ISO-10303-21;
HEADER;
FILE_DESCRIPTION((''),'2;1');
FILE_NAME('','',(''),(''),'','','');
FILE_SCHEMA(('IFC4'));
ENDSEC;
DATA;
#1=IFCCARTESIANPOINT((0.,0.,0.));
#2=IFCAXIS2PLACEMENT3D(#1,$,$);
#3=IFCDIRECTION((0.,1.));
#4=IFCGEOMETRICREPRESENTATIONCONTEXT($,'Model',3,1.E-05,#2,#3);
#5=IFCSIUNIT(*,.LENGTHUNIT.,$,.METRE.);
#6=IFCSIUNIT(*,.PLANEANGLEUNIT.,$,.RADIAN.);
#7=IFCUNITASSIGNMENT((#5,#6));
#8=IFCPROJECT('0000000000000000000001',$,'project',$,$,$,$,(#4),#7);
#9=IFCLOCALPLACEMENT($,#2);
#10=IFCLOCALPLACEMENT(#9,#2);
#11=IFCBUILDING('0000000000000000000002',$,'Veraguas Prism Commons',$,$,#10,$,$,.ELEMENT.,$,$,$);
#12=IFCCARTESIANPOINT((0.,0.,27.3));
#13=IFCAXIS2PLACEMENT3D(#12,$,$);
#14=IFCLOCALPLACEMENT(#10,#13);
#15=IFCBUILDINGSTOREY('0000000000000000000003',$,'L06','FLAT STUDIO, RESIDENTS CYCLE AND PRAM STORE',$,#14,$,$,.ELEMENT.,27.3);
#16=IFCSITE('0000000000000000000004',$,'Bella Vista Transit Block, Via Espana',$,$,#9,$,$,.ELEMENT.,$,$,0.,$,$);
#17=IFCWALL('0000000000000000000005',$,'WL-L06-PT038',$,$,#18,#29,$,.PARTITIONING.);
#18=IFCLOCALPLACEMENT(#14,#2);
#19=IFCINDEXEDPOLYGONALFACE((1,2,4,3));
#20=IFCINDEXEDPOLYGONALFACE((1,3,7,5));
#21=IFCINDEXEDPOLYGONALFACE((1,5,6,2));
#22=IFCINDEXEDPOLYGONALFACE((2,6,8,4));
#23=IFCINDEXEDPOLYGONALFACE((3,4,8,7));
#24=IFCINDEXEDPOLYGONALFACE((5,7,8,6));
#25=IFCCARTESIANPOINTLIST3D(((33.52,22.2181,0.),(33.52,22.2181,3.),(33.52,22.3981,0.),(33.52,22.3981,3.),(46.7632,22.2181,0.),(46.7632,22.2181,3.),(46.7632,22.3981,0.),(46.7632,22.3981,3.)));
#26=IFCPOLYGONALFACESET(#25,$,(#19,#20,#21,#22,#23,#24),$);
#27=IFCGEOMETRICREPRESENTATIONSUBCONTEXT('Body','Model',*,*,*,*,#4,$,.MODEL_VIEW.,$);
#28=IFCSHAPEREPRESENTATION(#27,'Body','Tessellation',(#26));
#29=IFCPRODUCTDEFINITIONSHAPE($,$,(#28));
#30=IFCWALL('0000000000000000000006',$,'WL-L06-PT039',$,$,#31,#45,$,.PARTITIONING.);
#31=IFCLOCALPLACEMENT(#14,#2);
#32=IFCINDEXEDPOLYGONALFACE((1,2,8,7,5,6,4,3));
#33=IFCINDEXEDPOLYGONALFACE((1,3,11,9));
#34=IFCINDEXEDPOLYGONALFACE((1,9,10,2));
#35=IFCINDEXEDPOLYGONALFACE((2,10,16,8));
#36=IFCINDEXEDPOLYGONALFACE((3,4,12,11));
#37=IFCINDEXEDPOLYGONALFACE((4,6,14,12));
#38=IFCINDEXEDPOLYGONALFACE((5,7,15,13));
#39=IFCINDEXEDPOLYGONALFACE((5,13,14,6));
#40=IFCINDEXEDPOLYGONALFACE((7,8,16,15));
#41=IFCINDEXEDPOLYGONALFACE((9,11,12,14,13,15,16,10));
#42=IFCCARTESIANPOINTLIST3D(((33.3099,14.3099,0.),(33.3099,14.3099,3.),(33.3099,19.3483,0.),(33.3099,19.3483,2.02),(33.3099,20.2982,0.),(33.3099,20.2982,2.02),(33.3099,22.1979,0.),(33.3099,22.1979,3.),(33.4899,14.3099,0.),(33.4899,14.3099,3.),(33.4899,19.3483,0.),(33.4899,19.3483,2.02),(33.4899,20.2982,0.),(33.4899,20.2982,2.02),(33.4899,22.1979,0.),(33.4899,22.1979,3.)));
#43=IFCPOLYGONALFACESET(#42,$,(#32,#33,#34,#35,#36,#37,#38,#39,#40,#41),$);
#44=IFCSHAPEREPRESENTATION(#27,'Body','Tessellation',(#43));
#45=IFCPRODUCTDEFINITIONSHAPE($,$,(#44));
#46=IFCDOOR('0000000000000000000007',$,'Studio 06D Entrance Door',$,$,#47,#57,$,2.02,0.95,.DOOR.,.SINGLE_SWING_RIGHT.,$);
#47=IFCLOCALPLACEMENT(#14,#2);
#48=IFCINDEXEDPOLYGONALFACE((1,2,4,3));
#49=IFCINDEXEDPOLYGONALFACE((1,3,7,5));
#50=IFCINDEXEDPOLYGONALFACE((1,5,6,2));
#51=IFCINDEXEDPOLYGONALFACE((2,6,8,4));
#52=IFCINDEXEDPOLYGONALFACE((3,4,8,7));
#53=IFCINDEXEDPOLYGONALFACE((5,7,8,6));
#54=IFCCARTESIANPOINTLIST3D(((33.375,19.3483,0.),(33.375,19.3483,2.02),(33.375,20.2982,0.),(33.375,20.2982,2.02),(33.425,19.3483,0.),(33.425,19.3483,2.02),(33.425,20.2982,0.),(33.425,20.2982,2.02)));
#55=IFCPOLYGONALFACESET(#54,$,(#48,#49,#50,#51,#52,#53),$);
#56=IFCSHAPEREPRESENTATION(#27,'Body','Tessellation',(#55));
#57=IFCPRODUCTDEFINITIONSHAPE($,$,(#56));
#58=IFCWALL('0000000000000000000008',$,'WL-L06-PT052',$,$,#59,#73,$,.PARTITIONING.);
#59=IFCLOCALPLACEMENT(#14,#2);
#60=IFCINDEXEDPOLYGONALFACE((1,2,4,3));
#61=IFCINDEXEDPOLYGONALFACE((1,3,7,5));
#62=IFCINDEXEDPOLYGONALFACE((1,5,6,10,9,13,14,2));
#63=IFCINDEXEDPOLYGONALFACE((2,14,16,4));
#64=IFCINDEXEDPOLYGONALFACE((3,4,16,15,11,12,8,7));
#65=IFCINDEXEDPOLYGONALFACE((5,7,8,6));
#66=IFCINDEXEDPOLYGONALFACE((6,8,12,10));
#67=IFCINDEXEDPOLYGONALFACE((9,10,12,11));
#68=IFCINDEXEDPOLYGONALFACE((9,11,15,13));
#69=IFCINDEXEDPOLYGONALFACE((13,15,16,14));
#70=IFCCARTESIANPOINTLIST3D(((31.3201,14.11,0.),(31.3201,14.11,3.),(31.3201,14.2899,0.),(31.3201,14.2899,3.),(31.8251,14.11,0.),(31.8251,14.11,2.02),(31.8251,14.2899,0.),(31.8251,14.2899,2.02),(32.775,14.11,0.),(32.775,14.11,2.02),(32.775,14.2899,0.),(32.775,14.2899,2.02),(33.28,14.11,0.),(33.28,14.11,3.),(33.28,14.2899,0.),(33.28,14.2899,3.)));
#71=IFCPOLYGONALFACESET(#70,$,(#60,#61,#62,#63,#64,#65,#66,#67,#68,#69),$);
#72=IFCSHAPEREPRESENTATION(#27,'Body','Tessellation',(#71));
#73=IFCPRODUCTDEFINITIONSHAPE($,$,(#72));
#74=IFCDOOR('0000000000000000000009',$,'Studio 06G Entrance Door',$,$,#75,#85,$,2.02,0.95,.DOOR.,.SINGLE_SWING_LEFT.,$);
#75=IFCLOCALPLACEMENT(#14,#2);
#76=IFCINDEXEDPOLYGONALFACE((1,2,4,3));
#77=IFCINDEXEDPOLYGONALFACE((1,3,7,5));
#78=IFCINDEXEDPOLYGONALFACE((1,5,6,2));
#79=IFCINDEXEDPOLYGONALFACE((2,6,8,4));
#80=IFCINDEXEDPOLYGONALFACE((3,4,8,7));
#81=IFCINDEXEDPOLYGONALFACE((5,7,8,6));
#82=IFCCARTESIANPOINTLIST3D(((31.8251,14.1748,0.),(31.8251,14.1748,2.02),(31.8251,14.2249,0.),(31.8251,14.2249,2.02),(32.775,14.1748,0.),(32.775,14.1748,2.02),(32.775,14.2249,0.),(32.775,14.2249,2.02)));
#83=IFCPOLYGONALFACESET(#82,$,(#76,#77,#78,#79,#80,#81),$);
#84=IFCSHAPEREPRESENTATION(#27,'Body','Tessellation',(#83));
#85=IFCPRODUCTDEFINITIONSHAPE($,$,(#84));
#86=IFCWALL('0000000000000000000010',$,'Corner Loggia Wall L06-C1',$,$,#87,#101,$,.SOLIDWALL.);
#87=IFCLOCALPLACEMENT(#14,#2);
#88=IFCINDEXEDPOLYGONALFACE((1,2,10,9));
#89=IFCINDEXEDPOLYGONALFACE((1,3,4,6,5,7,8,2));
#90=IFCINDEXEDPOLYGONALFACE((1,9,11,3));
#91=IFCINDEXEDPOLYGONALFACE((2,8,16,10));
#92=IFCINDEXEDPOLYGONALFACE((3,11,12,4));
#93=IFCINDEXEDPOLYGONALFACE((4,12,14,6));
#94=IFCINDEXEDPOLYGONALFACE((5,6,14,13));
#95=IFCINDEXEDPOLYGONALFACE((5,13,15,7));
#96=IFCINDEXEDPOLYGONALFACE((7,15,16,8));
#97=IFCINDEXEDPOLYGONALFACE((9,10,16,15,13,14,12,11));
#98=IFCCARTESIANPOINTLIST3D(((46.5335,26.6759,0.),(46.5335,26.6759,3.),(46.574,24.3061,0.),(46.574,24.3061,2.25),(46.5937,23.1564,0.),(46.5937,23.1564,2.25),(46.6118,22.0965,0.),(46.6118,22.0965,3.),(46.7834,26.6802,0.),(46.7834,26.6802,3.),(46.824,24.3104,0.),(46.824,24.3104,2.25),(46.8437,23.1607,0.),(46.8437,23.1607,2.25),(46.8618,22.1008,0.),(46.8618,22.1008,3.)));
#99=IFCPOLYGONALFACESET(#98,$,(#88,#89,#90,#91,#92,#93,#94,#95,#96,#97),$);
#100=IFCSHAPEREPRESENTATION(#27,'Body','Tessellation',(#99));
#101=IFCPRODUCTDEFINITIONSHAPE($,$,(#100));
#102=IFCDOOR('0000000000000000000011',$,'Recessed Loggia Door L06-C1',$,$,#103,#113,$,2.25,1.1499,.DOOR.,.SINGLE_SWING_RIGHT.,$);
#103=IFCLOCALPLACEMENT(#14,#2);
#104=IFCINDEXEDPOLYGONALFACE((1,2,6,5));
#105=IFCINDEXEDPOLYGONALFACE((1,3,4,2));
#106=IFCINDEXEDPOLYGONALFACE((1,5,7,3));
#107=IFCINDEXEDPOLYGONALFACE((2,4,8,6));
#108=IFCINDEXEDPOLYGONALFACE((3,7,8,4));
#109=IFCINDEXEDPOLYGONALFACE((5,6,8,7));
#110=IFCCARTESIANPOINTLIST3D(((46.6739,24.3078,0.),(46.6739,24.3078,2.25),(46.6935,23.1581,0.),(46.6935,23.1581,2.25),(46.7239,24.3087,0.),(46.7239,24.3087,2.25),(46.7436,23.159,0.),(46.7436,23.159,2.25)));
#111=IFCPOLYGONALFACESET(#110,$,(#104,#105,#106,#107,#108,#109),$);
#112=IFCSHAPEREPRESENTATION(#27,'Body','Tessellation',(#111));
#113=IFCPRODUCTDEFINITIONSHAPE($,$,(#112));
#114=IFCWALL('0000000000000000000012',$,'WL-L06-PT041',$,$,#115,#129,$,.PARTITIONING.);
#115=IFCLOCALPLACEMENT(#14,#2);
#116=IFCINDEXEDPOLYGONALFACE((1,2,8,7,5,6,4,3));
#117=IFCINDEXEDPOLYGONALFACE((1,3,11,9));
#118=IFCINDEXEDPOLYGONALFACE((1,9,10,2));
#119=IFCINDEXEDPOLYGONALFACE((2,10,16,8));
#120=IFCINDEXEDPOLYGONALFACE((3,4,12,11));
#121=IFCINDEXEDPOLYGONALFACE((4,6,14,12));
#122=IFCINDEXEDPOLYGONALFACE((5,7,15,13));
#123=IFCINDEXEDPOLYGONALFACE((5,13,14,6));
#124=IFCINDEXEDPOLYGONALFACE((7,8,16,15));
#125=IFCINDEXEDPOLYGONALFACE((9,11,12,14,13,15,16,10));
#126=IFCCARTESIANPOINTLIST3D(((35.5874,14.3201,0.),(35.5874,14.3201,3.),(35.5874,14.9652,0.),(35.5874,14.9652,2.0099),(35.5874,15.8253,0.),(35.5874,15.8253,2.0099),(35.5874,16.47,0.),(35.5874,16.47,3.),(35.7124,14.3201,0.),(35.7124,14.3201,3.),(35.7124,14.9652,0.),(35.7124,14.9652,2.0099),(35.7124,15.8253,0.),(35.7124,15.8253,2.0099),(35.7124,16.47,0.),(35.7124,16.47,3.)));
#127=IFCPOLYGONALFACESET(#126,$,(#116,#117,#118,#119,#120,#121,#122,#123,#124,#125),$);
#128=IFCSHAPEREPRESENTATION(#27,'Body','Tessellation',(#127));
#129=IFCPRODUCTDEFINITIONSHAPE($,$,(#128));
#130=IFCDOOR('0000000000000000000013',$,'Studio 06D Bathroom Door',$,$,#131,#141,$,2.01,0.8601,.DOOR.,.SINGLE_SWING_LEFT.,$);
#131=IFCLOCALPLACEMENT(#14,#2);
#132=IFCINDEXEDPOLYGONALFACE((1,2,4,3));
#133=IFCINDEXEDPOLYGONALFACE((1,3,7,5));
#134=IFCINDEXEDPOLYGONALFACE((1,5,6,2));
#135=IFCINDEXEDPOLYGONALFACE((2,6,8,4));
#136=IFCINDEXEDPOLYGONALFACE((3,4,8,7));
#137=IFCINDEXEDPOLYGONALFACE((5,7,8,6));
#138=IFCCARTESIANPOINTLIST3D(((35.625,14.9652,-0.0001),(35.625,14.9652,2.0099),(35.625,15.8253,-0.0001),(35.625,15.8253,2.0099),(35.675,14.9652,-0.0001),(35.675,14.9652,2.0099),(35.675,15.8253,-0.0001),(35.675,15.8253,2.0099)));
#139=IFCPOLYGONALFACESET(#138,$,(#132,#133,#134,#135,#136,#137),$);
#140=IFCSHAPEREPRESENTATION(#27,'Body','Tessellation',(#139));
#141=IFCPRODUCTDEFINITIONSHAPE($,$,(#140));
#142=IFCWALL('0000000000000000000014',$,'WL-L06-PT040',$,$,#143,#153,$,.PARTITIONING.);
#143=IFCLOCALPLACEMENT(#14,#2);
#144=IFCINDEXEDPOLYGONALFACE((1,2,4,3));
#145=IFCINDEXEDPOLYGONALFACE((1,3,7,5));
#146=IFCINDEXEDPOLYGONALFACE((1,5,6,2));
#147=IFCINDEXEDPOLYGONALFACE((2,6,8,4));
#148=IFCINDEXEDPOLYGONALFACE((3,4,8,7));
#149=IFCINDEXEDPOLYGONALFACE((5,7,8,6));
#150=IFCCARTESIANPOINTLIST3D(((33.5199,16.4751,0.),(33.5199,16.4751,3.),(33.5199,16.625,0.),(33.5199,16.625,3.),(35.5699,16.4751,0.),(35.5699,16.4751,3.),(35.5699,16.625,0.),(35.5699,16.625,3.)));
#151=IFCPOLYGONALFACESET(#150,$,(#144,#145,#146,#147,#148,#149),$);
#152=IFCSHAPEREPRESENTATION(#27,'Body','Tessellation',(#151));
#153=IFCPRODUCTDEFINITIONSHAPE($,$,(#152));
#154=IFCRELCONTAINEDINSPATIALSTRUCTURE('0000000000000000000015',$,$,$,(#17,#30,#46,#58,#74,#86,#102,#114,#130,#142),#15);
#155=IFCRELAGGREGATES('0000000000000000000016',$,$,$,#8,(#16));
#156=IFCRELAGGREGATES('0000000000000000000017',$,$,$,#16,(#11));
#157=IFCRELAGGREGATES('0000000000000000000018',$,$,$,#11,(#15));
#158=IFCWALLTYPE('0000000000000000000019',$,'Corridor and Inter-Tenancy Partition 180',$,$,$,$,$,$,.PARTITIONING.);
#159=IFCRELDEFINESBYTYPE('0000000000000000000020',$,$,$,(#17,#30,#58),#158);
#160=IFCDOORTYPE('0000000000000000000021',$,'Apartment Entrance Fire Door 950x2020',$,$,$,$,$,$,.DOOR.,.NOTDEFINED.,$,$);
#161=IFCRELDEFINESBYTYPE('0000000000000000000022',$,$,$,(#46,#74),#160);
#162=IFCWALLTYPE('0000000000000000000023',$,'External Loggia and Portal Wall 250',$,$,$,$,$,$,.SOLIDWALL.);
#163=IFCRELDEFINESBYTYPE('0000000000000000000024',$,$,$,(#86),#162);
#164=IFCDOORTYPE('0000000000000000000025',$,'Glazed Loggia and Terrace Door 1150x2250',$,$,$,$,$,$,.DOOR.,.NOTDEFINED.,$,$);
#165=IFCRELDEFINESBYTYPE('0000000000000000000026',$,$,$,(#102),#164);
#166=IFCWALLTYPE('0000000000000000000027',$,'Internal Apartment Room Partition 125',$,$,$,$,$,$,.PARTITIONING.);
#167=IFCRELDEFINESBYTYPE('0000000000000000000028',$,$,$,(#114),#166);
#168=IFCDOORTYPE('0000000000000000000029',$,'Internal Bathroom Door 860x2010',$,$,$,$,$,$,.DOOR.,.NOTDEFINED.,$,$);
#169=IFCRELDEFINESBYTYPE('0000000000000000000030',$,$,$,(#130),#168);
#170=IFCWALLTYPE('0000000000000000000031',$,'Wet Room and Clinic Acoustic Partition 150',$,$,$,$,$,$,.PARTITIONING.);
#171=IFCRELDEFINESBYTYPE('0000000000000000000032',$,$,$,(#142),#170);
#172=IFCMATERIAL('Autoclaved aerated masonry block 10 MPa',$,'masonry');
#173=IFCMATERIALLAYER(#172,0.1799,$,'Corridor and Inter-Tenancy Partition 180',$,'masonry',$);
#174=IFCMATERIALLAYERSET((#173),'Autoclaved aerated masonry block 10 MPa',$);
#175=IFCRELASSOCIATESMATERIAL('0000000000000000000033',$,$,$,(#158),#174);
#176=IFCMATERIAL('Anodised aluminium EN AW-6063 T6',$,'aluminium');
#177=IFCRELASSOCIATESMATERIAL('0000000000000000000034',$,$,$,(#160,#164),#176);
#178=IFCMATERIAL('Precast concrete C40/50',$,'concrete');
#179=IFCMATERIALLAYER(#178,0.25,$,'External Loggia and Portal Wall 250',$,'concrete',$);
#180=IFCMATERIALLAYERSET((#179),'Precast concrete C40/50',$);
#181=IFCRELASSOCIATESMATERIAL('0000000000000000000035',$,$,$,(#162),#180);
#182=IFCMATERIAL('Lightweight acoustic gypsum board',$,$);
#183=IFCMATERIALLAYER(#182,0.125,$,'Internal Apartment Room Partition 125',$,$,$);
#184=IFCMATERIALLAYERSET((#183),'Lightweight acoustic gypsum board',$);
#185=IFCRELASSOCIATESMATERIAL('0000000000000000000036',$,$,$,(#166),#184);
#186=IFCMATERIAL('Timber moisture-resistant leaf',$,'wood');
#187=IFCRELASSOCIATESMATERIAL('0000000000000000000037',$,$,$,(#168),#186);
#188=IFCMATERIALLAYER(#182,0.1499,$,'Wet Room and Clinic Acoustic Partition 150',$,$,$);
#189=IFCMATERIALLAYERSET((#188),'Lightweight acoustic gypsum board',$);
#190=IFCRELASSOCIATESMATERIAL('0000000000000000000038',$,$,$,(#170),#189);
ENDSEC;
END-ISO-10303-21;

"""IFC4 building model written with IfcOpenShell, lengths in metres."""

from ifc_helpers import new_model, si_unit, direction, frame, frame_2d, origin, place, context, subcontext, project, spatial, rectangle, extrude, source, transform, mapped, material, layer, layer_set, type_object, element, fill, save


model = new_model("IFC4")

# Units and contexts
model_context = context("Model", 3, precision=1e-05, world=origin(), true_north=direction((0.0, 1.0)))
body_context = subcontext(model_context, "Body", "Model", "MODEL_VIEW")
ifc_project = project(units=[si_unit("LENGTHUNIT", "METRE"), si_unit("PLANEANGLEUNIT", "RADIAN")], contexts=[model_context])

# Site, building, storey
site_placement = place(None, origin())
site = spatial("IfcSite", under=ifc_project, at=site_placement, Name="Bella Vista Transit Block, Via Espana", CompositionType="ELEMENT", RefElevation=0.0)
building_placement = place(site_placement, origin())
building = spatial("IfcBuilding", under=site, at=building_placement, Name="Veraguas Prism Commons", CompositionType="ELEMENT")
storey_placement = place(building_placement, frame((0.0, 0.0, 27.3)))
storey = spatial("IfcBuildingStorey", under=building, at=storey_placement, Name="L06", Description="FLAT STUDIO, RESIDENTS CYCLE AND PRAM STORE", CompositionType="ELEMENT", Elevation=27.3)

# Shared definitions
ifc_material_1 = material(Name="Anodised aluminium EN AW-6063 T6", Category="aluminium")

# Wall
ifc_material_2 = material(Name="Autoclaved aerated masonry block 10 MPa", Category="masonry")
ifc_layer_1 = layer(ifc_material_2, 0.1799, Name="Corridor and Inter-Tenancy Partition 180", Category="masonry")
ifc_layer_set_1 = layer_set([ifc_layer_1], Name="Autoclaved aerated masonry block 10 MPa")
wall_type_1 = type_object("IfcWallType", Name="Corridor and Inter-Tenancy Partition 180", PredefinedType="PARTITIONING", material=ifc_layer_set_1)
wall_1_placement = place(storey_placement, frame((33.52, 22.3081, 0.0), z_axis=(0.0, 0.0, 1.0), x_axis=(1.0, 0.0, 0.0)))
element("IfcWall", 1, at=wall_1_placement, inside=storey, type_object=wall_type_1, Name="WL-L06-PT038", PredefinedType="PARTITIONING", context=body_context, shape_type="SweptSolid", body=[
    extrude(rectangle(XDim=13.2432, YDim=0.1799, at=frame_2d((6.6216, 0.0))), origin(), (0.0, 0.0, 1.0), 3.0),
])

# Walls, openings, doors
wall_2_placement = place(storey_placement, frame((33.3999, 14.3101, 0.0), z_axis=(0.0, 0.0, 1.0), x_axis=(0.0, 1.0, 0.0)))
wall_2 = element("IfcWall", 2, at=wall_2_placement, inside=storey, type_object=wall_type_1, Name="WL-L06-PT039", PredefinedType="PARTITIONING", context=body_context, shape_type="SweptSolid", body=[
    extrude(rectangle(XDim=7.8879, YDim=0.1799, at=frame_2d((3.9438, 0.0))), origin(), (0.0, 0.0, 1.0), 3.0),
])
opening_1_placement = place(wall_2_placement, frame((5.0381, 0.0, 0.0)))
opening_1 = element("IfcOpeningElement", 3, at=opening_1_placement, cuts=wall_2, PredefinedType="OPENING", context=body_context, shape_type="SweptSolid", body=[
    extrude(rectangle(XDim=0.95, YDim=2.02, at=frame_2d((0.4751, 1.01))), frame((0.0, 0.0999, 0.0), z_axis=(0.0, -1.0, 0.0), x_axis=(1.0, 0.0, 0.0)), (0.0, 0.0, 1.0), 0.2),
])
door_type_1 = type_object("IfcDoorType", Name="Apartment Entrance Fire Door 950x2020", OperationType="NOTDEFINED", PredefinedType="DOOR", material=ifc_material_1)
shared_shape_1 = source(origin(), body_context, "Body", "SweptSolid", [
    extrude(rectangle(XDim=0.95, YDim=2.02, at=frame_2d((0.4751, 1.01))), frame((0.0, 0.0249, 0.0), z_axis=(0.0, -1.0, 0.0), x_axis=(1.0, 0.0, 0.0)), (0.0, 0.0, 1.0), 0.05),
])
door_1_placement = place(opening_1_placement, origin())
door_1 = element("IfcDoor", 4, at=door_1_placement, inside=storey, type_object=door_type_1, Name="Studio 06D Entrance Door", OperationType="SINGLE_SWING_RIGHT", OverallHeight=2.02, OverallWidth=0.95, PredefinedType="DOOR", context=body_context, shape_type="MappedRepresentation", body=[
    mapped(shared_shape_1, transform((0.0, 0.0, 0.0), scale=1.0)),
])
fill(opening_1, door_1)
wall_3_placement = place(storey_placement, frame((31.3201, 14.2, 0.0), z_axis=(0.0, 0.0, 1.0), x_axis=(1.0, 0.0, 0.0)))
wall_3 = element("IfcWall", 5, at=wall_3_placement, inside=storey, type_object=wall_type_1, Name="WL-L06-PT052", PredefinedType="PARTITIONING", context=body_context, shape_type="SweptSolid", body=[
    extrude(rectangle(XDim=1.96, YDim=0.1799, at=frame_2d((0.98, 0.0))), origin(), (0.0, 0.0, 1.0), 3.0),
])
opening_2_placement = place(wall_3_placement, frame((0.5049, 0.0, 0.0)))
opening_2 = element("IfcOpeningElement", 6, at=opening_2_placement, cuts=wall_3, PredefinedType="OPENING", context=body_context, shape_type="SweptSolid", body=[
    extrude(rectangle(XDim=0.95, YDim=2.02, at=frame_2d((0.4751, 1.01))), frame((0.0, 0.0999, 0.0), z_axis=(0.0, -1.0, 0.0), x_axis=(1.0, 0.0, 0.0)), (0.0, 0.0, 1.0), 0.2),
])
door_2_placement = place(opening_2_placement, origin())
door_2 = element("IfcDoor", 7, at=door_2_placement, inside=storey, type_object=door_type_1, Name="Studio 06G Entrance Door", OperationType="SINGLE_SWING_LEFT", OverallHeight=2.02, OverallWidth=0.95, PredefinedType="DOOR", context=body_context, shape_type="MappedRepresentation", body=[
    mapped(shared_shape_1, transform((0.0, 0.0, 0.0), scale=1.0)),
])
fill(opening_2, door_2)
ifc_material_3 = material(Name="Precast concrete C40/50", Category="concrete")
ifc_layer_2 = layer(ifc_material_3, 0.25, Name="External Loggia and Portal Wall 250", Category="concrete")
ifc_layer_set_2 = layer_set([ifc_layer_2], Name="Precast concrete C40/50")
wall_type_2 = type_object("IfcWallType", Name="External Loggia and Portal Wall 250", PredefinedType="SOLIDWALL", material=ifc_layer_set_2)
wall_4_placement = place(storey_placement, frame((46.7368, 22.0986, 0.0), z_axis=(0.0, 0.0, 1.0), x_axis=(-0.017111, 0.999854, 0.0)))
wall_4 = element("IfcWall", 8, at=wall_4_placement, inside=storey, type_object=wall_type_2, Name="Corner Loggia Wall L06-C1", PredefinedType="SOLIDWALL", context=body_context, shape_type="SweptSolid", body=[
    extrude(rectangle(XDim=4.5801, YDim=0.25, at=frame_2d((2.29, 0.0))), origin(), (0.0, 0.0, 1.0), 3.0),
])
opening_3_placement = place(wall_4_placement, frame((1.0601, 0.0, 0.0)))
opening_3 = element("IfcOpeningElement", 9, at=opening_3_placement, cuts=wall_4, PredefinedType="OPENING", context=body_context, shape_type="SweptSolid", body=[
    extrude(rectangle(XDim=1.1499, YDim=2.25, at=frame_2d((0.575, 1.125))), frame((0.0, 0.135, 0.0), z_axis=(0.0, -1.0, 0.0), x_axis=(1.0, 0.0, 0.0)), (0.0, 0.0, 1.0), 0.27),
])
door_type_2 = type_object("IfcDoorType", Name="Glazed Loggia and Terrace Door 1150x2250", OperationType="NOTDEFINED", PredefinedType="DOOR", material=ifc_material_1)
shared_shape_2 = source(origin(), body_context, "Body", "SweptSolid", [
    extrude(rectangle(XDim=1.1499, YDim=2.25, at=frame_2d((0.575, 1.125))), frame((0.0, 0.0249, 0.0), z_axis=(0.0, -1.0, 0.0), x_axis=(1.0, 0.0, 0.0)), (0.0, 0.0, 1.0), 0.05),
])
door_3_placement = place(opening_3_placement, frame((1.1499, 0.0, 0.0), z_axis=(0.0, 0.0, 1.0), x_axis=(-1.0, 0.0, 0.0)))
door_3 = element("IfcDoor", 10, at=door_3_placement, inside=storey, type_object=door_type_2, Name="Recessed Loggia Door L06-C1", OperationType="SINGLE_SWING_RIGHT", OverallHeight=2.25, OverallWidth=1.1499, PredefinedType="DOOR", context=body_context, shape_type="MappedRepresentation", body=[
    mapped(shared_shape_2, transform((0.0, 0.0, 0.0), scale=1.0)),
])
fill(opening_3, door_3)
ifc_material_4 = material(Name="Lightweight acoustic gypsum board")
ifc_layer_3 = layer(ifc_material_4, 0.125, Name="Internal Apartment Room Partition 125")
ifc_layer_set_3 = layer_set([ifc_layer_3], Name="Lightweight acoustic gypsum board")
wall_type_3 = type_object("IfcWallType", Name="Internal Apartment Room Partition 125", PredefinedType="PARTITIONING", material=ifc_layer_set_3)
wall_5_placement = place(storey_placement, frame((35.6499, 14.3201, 0.0), z_axis=(0.0, 0.0, 1.0), x_axis=(0.0, 1.0, 0.0)))
wall_5 = element("IfcWall", 11, at=wall_5_placement, inside=storey, type_object=wall_type_3, Name="WL-L06-PT041", PredefinedType="PARTITIONING", context=body_context, shape_type="SweptSolid", body=[
    extrude(rectangle(XDim=2.1499, YDim=0.125, at=frame_2d((1.075, 0.0))), origin(), (0.0, 0.0, 1.0), 3.0),
])
opening_4_placement = place(wall_5_placement, frame((0.645, 0.0, 0.0)))
opening_4 = element("IfcOpeningElement", 12, at=opening_4_placement, cuts=wall_5, PredefinedType="OPENING", context=body_context, shape_type="SweptSolid", body=[
    extrude(rectangle(XDim=0.8601, YDim=2.01, at=frame_2d((0.4302, 1.0049))), frame((0.0, 0.0725, 0.0), z_axis=(0.0, -1.0, 0.0), x_axis=(1.0, 0.0, 0.0)), (0.0, 0.0, 1.0), 0.145),
])
ifc_material_5 = material(Name="Timber moisture-resistant leaf", Category="wood")
door_type_3 = type_object("IfcDoorType", Name="Internal Bathroom Door 860x2010", OperationType="NOTDEFINED", PredefinedType="DOOR", material=ifc_material_5)
shared_shape_3 = source(origin(), body_context, "Body", "SweptSolid", [
    extrude(rectangle(XDim=0.8601, YDim=2.01, at=frame_2d((0.4302, 1.0049))), frame((0.0, 0.0249, 0.0), z_axis=(0.0, -1.0, 0.0), x_axis=(1.0, 0.0, 0.0)), (0.0, 0.0, 1.0), 0.05),
])
door_4_placement = place(opening_4_placement, origin())
door_4 = element("IfcDoor", 13, at=door_4_placement, inside=storey, type_object=door_type_3, Name="Studio 06D Bathroom Door", OperationType="SINGLE_SWING_LEFT", OverallHeight=2.01, OverallWidth=0.8601, PredefinedType="DOOR", context=body_context, shape_type="MappedRepresentation", body=[
    mapped(shared_shape_3, transform((0.0, 0.0, 0.0), scale=1.0)),
])
fill(opening_4, door_4)

# Wall
ifc_layer_4 = layer(ifc_material_4, 0.1499, Name="Wet Room and Clinic Acoustic Partition 150")
ifc_layer_set_4 = layer_set([ifc_layer_4], Name="Lightweight acoustic gypsum board")
wall_type_4 = type_object("IfcWallType", Name="Wet Room and Clinic Acoustic Partition 150", PredefinedType="PARTITIONING", material=ifc_layer_set_4)
wall_6_placement = place(storey_placement, frame((33.52, 16.55, 0.0), z_axis=(0.0, 0.0, 1.0), x_axis=(1.0, 0.0, 0.0)))
element("IfcWall", 14, at=wall_6_placement, inside=storey, type_object=wall_type_4, Name="WL-L06-PT040", PredefinedType="PARTITIONING", context=body_context, shape_type="SweptSolid", body=[
    extrude(rectangle(XDim=2.05, YDim=0.1499, at=frame_2d((1.0249, 0.0))), origin(), (0.0, 0.0, 1.0), 3.0),
])

save(model, "model.ifc")
